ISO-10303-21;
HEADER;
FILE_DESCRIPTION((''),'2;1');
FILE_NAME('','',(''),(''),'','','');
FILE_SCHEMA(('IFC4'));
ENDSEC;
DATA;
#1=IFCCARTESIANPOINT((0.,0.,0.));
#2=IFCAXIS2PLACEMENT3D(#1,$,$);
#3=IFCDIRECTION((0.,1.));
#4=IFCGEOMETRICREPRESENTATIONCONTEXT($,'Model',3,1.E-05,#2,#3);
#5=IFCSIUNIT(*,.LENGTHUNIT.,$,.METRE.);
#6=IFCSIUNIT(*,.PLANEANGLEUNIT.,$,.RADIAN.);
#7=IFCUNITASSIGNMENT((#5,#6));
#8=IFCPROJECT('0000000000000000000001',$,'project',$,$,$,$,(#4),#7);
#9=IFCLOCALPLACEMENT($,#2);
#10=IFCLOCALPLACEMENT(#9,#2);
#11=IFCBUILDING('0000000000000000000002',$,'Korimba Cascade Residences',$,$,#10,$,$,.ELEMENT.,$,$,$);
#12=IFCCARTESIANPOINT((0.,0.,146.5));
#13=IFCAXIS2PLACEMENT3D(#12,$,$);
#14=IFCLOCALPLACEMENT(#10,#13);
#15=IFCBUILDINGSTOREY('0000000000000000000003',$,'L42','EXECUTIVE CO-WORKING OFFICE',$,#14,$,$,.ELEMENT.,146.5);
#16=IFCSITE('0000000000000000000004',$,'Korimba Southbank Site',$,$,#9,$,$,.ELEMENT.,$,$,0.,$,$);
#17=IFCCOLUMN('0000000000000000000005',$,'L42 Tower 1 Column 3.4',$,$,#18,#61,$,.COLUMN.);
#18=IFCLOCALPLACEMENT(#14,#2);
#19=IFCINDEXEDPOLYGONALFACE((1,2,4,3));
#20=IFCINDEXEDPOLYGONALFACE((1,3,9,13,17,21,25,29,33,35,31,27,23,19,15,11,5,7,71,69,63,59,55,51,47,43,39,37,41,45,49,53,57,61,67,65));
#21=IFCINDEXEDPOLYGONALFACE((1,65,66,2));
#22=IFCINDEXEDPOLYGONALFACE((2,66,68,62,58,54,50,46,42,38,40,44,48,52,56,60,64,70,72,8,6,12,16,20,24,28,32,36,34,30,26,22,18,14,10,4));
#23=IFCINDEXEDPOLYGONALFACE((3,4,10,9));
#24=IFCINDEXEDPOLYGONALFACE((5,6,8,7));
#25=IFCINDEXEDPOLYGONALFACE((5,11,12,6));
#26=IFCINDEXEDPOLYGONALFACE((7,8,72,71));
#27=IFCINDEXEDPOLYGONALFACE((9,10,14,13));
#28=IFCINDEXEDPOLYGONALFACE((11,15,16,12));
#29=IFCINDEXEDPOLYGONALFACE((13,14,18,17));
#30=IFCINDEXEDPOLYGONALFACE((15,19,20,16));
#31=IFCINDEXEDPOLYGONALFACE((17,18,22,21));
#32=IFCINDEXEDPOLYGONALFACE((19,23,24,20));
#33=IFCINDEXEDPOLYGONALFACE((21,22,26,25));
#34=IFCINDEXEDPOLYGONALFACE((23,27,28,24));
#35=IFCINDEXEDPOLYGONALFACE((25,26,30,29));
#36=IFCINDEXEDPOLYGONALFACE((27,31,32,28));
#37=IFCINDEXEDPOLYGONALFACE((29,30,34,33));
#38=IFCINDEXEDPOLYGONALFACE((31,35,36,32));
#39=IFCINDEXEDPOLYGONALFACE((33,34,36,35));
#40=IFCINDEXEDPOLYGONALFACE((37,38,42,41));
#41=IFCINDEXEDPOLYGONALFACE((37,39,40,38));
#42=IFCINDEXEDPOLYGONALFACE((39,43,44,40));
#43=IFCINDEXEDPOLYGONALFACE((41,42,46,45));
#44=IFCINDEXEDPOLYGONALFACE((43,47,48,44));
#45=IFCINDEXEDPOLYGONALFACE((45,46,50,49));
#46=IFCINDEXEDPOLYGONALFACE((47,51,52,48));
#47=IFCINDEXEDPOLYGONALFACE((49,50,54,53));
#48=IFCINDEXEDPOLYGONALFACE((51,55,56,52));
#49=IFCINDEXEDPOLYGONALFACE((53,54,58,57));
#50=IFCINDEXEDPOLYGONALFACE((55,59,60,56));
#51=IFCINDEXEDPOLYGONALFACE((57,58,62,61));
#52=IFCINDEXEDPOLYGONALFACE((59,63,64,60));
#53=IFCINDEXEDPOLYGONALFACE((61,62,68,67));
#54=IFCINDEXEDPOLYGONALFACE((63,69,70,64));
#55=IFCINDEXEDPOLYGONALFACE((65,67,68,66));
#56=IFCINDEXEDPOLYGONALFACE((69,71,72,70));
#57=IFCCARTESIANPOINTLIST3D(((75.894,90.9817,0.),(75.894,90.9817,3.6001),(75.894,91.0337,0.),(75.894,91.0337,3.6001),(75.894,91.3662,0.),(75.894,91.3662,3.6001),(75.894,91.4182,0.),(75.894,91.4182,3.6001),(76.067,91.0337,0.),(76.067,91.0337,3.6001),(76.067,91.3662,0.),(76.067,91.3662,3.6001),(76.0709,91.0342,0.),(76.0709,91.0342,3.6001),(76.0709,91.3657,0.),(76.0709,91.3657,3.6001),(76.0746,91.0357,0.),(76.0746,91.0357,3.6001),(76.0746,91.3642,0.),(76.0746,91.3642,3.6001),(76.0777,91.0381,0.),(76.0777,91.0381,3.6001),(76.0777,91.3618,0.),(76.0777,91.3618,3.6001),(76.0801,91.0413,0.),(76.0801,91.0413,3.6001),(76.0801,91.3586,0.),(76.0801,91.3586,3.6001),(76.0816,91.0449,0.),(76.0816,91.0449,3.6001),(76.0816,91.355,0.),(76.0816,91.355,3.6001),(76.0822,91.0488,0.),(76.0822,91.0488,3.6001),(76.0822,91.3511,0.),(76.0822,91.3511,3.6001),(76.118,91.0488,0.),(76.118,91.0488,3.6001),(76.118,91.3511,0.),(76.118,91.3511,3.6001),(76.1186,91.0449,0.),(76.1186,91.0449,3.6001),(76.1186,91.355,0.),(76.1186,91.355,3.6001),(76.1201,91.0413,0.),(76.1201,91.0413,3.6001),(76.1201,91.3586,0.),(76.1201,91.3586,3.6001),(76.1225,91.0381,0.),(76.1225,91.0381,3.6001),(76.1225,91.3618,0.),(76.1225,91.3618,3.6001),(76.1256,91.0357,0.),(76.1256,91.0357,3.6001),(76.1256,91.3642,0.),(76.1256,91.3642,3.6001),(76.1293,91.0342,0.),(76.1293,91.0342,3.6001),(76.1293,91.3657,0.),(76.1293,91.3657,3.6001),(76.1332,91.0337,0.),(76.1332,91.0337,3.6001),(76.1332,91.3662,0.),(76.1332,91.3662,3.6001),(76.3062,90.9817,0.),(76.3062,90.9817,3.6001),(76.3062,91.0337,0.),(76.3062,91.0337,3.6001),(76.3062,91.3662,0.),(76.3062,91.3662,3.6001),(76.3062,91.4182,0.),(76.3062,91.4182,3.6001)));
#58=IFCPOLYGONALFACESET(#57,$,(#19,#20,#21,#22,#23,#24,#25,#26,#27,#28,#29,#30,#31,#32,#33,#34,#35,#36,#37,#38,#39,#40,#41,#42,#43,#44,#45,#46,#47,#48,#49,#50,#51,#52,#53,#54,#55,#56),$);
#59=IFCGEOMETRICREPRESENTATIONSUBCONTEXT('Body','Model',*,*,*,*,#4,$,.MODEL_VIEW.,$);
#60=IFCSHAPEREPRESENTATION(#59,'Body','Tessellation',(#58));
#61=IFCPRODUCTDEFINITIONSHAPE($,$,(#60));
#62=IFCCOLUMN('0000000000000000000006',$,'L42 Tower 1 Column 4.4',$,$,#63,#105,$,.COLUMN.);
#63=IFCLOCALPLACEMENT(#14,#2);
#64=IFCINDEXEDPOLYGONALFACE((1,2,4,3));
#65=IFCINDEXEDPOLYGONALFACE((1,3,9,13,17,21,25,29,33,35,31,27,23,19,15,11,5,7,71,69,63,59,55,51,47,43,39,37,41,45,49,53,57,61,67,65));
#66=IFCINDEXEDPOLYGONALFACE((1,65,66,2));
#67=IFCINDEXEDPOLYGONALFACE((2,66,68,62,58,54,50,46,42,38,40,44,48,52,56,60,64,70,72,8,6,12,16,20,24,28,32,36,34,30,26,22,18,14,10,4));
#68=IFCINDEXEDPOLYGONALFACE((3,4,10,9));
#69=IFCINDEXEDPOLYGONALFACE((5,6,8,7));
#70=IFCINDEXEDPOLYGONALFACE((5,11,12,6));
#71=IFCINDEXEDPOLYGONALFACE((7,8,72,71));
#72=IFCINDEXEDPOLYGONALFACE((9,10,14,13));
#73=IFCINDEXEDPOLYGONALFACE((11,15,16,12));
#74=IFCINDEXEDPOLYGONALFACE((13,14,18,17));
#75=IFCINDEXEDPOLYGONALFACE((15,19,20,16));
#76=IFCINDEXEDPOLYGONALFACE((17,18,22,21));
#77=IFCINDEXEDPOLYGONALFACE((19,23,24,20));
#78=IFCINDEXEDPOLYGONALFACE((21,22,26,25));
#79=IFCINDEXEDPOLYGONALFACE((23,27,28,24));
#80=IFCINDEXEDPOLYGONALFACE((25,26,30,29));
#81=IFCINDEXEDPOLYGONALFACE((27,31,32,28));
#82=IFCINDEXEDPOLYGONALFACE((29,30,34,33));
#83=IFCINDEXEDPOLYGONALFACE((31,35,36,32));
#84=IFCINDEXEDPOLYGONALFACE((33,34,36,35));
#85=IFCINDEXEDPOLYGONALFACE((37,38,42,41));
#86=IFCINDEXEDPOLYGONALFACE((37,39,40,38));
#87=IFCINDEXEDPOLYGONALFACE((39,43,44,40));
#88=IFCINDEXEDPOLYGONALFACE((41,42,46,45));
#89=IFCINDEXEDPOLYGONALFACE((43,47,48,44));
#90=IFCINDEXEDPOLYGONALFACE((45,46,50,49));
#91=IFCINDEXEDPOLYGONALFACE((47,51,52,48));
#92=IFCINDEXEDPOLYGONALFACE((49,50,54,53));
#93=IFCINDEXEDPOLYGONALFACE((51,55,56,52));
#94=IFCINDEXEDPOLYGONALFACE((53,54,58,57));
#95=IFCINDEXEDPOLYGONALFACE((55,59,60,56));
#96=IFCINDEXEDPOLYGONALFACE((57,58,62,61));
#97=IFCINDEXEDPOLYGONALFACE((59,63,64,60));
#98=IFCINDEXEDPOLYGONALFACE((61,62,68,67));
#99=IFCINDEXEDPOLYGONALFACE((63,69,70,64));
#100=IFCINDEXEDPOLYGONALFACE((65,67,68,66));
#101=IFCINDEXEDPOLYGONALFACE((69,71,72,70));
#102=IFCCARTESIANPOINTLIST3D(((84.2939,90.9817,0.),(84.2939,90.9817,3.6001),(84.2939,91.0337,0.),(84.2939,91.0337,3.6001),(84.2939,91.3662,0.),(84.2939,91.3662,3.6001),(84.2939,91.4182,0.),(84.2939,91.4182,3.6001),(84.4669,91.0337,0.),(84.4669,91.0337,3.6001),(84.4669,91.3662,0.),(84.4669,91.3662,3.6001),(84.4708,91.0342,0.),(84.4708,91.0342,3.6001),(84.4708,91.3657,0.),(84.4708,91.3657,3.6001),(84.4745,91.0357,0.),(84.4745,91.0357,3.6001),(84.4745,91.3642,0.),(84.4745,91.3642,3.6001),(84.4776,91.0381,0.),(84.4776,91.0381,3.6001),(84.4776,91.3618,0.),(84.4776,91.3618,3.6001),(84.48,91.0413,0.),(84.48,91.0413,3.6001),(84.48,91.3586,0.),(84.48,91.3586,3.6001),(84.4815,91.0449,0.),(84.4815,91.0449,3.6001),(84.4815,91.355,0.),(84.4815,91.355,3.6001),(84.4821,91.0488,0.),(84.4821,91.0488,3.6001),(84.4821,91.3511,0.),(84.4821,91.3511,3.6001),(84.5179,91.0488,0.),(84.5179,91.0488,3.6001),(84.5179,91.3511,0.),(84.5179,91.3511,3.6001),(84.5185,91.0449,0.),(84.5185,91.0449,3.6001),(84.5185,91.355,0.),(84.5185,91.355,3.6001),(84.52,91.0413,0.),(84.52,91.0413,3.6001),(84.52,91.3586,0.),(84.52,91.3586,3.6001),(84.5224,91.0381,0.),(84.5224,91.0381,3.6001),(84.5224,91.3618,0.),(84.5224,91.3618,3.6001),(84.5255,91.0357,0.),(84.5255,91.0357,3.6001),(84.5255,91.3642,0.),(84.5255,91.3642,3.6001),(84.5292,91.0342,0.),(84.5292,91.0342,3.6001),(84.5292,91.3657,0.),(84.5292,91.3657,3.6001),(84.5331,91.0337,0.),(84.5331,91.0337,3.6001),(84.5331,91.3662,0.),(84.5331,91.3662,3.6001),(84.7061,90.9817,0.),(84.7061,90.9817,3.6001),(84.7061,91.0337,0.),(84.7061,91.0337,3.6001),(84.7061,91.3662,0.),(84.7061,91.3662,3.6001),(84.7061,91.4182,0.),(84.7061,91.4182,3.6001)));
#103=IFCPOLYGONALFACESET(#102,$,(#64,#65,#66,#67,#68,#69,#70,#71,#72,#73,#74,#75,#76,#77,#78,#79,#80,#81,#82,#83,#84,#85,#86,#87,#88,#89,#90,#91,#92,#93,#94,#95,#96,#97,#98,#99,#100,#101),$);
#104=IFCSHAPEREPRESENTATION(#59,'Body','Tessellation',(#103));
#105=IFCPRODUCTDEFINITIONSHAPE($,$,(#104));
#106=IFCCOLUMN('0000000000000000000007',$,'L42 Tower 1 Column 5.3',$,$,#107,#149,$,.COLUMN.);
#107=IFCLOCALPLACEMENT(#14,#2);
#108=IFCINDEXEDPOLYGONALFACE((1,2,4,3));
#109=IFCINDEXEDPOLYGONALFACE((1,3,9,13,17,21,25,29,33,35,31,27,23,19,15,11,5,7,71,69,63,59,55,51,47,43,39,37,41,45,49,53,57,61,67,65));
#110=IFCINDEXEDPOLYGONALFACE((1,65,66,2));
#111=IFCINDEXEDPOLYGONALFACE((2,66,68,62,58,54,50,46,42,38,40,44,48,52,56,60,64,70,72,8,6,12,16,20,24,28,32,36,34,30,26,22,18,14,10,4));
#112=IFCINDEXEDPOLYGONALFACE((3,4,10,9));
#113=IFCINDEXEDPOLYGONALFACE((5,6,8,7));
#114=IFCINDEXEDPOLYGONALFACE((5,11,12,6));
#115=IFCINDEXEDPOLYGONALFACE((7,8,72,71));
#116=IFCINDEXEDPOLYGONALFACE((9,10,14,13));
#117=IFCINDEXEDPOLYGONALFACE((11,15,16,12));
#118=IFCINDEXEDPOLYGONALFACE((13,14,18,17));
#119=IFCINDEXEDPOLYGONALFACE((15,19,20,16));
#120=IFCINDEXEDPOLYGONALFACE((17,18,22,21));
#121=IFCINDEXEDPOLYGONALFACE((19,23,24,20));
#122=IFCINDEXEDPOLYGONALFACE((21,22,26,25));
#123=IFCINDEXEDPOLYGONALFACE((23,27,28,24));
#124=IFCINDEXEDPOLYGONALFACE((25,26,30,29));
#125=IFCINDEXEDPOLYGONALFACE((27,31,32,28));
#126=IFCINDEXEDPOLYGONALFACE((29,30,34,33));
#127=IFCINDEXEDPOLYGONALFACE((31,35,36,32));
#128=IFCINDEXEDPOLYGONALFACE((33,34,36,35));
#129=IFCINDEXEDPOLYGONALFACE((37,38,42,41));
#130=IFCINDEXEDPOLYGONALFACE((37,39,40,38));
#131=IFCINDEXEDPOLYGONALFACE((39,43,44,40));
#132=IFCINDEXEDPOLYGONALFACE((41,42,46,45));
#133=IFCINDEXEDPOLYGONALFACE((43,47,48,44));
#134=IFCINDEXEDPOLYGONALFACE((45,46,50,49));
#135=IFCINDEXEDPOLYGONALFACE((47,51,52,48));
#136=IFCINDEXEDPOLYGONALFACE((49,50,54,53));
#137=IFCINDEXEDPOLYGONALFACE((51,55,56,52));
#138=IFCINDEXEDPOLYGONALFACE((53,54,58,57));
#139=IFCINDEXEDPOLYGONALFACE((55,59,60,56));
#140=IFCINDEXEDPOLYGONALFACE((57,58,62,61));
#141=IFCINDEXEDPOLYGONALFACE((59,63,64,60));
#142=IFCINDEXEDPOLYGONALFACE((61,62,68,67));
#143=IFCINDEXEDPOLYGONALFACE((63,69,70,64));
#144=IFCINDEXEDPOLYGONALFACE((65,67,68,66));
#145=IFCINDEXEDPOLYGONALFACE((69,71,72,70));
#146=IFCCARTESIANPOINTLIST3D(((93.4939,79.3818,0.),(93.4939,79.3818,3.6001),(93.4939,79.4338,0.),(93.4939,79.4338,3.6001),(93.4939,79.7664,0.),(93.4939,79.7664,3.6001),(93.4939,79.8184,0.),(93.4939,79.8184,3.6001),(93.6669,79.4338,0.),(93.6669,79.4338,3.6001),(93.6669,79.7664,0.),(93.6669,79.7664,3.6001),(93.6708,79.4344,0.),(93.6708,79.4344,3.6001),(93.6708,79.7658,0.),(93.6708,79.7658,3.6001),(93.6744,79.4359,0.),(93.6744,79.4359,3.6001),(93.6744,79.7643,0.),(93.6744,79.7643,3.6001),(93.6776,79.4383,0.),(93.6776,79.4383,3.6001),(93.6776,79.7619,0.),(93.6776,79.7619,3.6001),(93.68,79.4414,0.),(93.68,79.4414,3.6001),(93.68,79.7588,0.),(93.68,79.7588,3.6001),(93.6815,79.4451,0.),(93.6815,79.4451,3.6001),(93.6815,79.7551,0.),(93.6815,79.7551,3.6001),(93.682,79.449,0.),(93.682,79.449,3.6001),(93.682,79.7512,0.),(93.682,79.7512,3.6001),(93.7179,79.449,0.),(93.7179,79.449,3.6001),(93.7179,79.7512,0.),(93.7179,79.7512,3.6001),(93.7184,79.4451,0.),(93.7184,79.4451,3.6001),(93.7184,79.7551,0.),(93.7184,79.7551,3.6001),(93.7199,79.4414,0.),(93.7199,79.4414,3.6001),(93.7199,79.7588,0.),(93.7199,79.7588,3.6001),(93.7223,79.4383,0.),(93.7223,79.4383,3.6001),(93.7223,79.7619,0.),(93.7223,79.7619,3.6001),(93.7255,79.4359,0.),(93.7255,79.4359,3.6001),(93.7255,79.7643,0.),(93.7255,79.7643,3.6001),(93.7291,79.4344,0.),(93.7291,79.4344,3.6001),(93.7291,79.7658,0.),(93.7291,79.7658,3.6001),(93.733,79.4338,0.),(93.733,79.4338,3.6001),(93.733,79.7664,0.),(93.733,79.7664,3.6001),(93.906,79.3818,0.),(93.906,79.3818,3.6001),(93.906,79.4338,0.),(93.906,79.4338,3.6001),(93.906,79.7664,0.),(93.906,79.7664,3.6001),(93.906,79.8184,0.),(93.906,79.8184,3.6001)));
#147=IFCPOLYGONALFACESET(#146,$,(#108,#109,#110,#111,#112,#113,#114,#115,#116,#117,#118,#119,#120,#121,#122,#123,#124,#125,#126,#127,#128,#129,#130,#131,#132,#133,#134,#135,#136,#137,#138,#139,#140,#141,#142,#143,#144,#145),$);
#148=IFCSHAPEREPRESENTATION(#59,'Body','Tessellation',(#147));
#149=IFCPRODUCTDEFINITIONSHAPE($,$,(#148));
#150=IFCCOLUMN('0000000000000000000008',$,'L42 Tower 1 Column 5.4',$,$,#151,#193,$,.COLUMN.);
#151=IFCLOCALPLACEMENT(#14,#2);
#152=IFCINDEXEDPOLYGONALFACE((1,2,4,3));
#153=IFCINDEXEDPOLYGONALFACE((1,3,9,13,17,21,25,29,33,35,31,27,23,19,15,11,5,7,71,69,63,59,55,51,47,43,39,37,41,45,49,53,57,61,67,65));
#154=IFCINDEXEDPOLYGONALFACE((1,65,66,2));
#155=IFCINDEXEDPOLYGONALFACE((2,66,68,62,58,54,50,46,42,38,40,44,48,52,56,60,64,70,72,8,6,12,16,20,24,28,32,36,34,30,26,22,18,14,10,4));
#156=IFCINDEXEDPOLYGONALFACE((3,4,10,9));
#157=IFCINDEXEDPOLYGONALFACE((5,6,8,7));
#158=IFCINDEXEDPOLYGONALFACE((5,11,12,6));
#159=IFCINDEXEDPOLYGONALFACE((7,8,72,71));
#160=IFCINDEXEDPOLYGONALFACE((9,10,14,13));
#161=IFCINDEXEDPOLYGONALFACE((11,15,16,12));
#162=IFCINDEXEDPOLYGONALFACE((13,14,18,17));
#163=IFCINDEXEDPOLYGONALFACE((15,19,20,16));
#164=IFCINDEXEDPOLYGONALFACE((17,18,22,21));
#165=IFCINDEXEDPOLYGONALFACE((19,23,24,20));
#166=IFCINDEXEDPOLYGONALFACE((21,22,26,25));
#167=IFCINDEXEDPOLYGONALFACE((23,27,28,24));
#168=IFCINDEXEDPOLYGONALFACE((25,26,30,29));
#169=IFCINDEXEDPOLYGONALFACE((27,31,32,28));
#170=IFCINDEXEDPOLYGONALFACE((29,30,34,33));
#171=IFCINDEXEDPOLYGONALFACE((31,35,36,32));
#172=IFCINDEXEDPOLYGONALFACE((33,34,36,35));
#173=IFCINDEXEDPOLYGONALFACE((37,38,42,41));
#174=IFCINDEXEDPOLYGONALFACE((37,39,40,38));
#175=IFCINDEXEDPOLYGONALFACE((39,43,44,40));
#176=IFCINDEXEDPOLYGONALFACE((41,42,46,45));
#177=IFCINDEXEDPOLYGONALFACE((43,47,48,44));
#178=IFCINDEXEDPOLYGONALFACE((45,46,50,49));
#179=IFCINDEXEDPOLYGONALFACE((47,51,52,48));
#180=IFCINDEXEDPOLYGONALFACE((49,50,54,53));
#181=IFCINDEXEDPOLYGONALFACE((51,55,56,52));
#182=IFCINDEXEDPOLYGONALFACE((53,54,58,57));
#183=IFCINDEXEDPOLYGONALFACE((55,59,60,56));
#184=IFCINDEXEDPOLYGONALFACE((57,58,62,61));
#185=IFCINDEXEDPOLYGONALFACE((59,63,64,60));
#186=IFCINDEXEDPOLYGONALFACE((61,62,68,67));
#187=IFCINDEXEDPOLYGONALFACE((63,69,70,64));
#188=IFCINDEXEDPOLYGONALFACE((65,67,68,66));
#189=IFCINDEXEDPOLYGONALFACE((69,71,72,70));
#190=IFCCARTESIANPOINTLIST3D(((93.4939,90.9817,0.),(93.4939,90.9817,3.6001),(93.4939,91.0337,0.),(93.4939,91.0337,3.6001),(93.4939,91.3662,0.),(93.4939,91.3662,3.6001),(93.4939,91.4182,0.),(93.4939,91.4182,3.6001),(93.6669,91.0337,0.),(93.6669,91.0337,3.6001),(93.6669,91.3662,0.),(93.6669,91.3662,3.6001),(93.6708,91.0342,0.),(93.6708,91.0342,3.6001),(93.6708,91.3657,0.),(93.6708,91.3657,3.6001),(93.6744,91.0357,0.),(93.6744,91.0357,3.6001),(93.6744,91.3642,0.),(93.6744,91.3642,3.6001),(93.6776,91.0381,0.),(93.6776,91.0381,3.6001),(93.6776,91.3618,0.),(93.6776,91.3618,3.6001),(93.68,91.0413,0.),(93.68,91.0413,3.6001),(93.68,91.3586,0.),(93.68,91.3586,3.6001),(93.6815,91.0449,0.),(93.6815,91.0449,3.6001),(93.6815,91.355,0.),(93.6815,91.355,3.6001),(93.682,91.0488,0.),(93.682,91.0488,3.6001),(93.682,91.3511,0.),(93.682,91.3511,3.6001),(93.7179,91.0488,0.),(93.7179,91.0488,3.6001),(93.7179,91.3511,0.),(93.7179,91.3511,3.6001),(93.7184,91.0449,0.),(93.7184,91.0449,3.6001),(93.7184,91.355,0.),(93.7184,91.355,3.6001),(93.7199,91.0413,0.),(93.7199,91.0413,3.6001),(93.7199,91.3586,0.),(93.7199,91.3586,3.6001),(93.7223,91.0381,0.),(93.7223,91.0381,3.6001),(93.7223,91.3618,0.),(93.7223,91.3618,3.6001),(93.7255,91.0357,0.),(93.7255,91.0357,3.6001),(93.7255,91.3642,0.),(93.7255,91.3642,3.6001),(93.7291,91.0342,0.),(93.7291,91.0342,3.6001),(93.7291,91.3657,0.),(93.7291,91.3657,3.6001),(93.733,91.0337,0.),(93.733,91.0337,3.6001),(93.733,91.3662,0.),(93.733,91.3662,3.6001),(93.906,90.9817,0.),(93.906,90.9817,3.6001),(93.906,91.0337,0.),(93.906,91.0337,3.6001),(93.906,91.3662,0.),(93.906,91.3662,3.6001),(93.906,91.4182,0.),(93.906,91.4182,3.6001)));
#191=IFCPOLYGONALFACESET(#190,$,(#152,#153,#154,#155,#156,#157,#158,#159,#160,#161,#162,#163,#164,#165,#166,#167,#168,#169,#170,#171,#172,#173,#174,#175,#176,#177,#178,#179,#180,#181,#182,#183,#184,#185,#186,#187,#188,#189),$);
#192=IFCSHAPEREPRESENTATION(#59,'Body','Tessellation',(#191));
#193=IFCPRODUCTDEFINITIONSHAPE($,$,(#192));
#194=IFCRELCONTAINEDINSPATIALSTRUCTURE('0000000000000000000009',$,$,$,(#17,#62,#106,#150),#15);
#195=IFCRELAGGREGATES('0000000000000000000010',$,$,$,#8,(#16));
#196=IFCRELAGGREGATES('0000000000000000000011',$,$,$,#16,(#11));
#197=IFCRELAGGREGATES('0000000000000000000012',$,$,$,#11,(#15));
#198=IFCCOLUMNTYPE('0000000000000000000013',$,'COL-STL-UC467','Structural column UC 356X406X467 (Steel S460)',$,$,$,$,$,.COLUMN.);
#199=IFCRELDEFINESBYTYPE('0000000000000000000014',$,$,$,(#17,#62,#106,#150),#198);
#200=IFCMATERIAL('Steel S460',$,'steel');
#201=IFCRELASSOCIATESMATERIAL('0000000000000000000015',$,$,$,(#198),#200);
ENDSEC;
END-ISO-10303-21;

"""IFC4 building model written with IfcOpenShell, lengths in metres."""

from ifc_helpers import new_model, si_unit, direction, frame, origin, origin_2d, place, context, subcontext, project, spatial, i_section, extrude, material, material_profile, profile_set, type_object, element, save


model = new_model("IFC4")

# Units and contexts
model_context = context("Model", 3, precision=1e-05, world=origin(), true_north=direction((0.0, 1.0)))
body_context = subcontext(model_context, "Body", "Model", "MODEL_VIEW")
ifc_project = project(units=[si_unit("LENGTHUNIT", "METRE"), si_unit("PLANEANGLEUNIT", "RADIAN")], contexts=[model_context])

# Site, building, storey
site_placement = place(None, origin())
site = spatial("IfcSite", under=ifc_project, at=site_placement, Name="Korimba Southbank Site", CompositionType="ELEMENT", RefElevation=0.0)
building_placement = place(site_placement, origin())
building = spatial("IfcBuilding", under=site, at=building_placement, Name="Korimba Cascade Residences", CompositionType="ELEMENT")
storey_placement = place(building_placement, frame((0.0, 0.0, 146.5)))
storey = spatial("IfcBuildingStorey", under=building, at=storey_placement, Name="L42", Description="EXECUTIVE CO-WORKING OFFICE", CompositionType="ELEMENT", Elevation=146.5)

# Columns
ifc_material_1 = material(Name="Steel S460", Category="steel")
ifc_material_profile_1 = material_profile(ifc_material_1, i_section(OverallWidth=0.4121, OverallDepth=0.4365, WebThickness=0.0359, FlangeThickness=0.052, FilletRadius=0.0151, at=origin_2d()), Name="Steel S460")
ifc_profile_set_1 = profile_set([ifc_material_profile_1], Name="Steel S460")
column_type = type_object("IfcColumnType", Name="COL-STL-UC467", Description="Structural column UC 356X406X467 (Steel S460)", PredefinedType="COLUMN", material=ifc_profile_set_1)
for number, where, z_axis, x_axis, name in (
    (1, (76.1001, 91.2, 0.0), (0.0, 0.0, 1.0), (1.0, 0.0, 0.0), "L42 Tower 1 Column 3.4"),
    (2, (84.5, 91.2, 0.0), (0.0, 0.0, 1.0), (1.0, 0.0, 0.0), "L42 Tower 1 Column 4.4"),
    (3, (93.7, 79.6001, 0.0), (0.0, 0.0, 1.0), (1.0, 0.0, 0.0), "L42 Tower 1 Column 5.3"),
    (4, (93.7, 91.2, 0.0), (0.0, 0.0, 1.0), (1.0, 0.0, 0.0), "L42 Tower 1 Column 5.4"),
):
    element("IfcColumn", number, at=place(storey_placement, frame(where, z_axis=z_axis, x_axis=x_axis)), inside=storey, type_object=column_type, Name=name, PredefinedType="COLUMN", context=body_context, shape_type="SweptSolid", body=[
        extrude(i_section(OverallWidth=0.4121, OverallDepth=0.4365, WebThickness=0.0359, FlangeThickness=0.052, FilletRadius=0.0151, at=origin_2d()), origin(), (0.0, 0.0, 1.0), 3.6001),
    ])

save(model, "model.ifc")
